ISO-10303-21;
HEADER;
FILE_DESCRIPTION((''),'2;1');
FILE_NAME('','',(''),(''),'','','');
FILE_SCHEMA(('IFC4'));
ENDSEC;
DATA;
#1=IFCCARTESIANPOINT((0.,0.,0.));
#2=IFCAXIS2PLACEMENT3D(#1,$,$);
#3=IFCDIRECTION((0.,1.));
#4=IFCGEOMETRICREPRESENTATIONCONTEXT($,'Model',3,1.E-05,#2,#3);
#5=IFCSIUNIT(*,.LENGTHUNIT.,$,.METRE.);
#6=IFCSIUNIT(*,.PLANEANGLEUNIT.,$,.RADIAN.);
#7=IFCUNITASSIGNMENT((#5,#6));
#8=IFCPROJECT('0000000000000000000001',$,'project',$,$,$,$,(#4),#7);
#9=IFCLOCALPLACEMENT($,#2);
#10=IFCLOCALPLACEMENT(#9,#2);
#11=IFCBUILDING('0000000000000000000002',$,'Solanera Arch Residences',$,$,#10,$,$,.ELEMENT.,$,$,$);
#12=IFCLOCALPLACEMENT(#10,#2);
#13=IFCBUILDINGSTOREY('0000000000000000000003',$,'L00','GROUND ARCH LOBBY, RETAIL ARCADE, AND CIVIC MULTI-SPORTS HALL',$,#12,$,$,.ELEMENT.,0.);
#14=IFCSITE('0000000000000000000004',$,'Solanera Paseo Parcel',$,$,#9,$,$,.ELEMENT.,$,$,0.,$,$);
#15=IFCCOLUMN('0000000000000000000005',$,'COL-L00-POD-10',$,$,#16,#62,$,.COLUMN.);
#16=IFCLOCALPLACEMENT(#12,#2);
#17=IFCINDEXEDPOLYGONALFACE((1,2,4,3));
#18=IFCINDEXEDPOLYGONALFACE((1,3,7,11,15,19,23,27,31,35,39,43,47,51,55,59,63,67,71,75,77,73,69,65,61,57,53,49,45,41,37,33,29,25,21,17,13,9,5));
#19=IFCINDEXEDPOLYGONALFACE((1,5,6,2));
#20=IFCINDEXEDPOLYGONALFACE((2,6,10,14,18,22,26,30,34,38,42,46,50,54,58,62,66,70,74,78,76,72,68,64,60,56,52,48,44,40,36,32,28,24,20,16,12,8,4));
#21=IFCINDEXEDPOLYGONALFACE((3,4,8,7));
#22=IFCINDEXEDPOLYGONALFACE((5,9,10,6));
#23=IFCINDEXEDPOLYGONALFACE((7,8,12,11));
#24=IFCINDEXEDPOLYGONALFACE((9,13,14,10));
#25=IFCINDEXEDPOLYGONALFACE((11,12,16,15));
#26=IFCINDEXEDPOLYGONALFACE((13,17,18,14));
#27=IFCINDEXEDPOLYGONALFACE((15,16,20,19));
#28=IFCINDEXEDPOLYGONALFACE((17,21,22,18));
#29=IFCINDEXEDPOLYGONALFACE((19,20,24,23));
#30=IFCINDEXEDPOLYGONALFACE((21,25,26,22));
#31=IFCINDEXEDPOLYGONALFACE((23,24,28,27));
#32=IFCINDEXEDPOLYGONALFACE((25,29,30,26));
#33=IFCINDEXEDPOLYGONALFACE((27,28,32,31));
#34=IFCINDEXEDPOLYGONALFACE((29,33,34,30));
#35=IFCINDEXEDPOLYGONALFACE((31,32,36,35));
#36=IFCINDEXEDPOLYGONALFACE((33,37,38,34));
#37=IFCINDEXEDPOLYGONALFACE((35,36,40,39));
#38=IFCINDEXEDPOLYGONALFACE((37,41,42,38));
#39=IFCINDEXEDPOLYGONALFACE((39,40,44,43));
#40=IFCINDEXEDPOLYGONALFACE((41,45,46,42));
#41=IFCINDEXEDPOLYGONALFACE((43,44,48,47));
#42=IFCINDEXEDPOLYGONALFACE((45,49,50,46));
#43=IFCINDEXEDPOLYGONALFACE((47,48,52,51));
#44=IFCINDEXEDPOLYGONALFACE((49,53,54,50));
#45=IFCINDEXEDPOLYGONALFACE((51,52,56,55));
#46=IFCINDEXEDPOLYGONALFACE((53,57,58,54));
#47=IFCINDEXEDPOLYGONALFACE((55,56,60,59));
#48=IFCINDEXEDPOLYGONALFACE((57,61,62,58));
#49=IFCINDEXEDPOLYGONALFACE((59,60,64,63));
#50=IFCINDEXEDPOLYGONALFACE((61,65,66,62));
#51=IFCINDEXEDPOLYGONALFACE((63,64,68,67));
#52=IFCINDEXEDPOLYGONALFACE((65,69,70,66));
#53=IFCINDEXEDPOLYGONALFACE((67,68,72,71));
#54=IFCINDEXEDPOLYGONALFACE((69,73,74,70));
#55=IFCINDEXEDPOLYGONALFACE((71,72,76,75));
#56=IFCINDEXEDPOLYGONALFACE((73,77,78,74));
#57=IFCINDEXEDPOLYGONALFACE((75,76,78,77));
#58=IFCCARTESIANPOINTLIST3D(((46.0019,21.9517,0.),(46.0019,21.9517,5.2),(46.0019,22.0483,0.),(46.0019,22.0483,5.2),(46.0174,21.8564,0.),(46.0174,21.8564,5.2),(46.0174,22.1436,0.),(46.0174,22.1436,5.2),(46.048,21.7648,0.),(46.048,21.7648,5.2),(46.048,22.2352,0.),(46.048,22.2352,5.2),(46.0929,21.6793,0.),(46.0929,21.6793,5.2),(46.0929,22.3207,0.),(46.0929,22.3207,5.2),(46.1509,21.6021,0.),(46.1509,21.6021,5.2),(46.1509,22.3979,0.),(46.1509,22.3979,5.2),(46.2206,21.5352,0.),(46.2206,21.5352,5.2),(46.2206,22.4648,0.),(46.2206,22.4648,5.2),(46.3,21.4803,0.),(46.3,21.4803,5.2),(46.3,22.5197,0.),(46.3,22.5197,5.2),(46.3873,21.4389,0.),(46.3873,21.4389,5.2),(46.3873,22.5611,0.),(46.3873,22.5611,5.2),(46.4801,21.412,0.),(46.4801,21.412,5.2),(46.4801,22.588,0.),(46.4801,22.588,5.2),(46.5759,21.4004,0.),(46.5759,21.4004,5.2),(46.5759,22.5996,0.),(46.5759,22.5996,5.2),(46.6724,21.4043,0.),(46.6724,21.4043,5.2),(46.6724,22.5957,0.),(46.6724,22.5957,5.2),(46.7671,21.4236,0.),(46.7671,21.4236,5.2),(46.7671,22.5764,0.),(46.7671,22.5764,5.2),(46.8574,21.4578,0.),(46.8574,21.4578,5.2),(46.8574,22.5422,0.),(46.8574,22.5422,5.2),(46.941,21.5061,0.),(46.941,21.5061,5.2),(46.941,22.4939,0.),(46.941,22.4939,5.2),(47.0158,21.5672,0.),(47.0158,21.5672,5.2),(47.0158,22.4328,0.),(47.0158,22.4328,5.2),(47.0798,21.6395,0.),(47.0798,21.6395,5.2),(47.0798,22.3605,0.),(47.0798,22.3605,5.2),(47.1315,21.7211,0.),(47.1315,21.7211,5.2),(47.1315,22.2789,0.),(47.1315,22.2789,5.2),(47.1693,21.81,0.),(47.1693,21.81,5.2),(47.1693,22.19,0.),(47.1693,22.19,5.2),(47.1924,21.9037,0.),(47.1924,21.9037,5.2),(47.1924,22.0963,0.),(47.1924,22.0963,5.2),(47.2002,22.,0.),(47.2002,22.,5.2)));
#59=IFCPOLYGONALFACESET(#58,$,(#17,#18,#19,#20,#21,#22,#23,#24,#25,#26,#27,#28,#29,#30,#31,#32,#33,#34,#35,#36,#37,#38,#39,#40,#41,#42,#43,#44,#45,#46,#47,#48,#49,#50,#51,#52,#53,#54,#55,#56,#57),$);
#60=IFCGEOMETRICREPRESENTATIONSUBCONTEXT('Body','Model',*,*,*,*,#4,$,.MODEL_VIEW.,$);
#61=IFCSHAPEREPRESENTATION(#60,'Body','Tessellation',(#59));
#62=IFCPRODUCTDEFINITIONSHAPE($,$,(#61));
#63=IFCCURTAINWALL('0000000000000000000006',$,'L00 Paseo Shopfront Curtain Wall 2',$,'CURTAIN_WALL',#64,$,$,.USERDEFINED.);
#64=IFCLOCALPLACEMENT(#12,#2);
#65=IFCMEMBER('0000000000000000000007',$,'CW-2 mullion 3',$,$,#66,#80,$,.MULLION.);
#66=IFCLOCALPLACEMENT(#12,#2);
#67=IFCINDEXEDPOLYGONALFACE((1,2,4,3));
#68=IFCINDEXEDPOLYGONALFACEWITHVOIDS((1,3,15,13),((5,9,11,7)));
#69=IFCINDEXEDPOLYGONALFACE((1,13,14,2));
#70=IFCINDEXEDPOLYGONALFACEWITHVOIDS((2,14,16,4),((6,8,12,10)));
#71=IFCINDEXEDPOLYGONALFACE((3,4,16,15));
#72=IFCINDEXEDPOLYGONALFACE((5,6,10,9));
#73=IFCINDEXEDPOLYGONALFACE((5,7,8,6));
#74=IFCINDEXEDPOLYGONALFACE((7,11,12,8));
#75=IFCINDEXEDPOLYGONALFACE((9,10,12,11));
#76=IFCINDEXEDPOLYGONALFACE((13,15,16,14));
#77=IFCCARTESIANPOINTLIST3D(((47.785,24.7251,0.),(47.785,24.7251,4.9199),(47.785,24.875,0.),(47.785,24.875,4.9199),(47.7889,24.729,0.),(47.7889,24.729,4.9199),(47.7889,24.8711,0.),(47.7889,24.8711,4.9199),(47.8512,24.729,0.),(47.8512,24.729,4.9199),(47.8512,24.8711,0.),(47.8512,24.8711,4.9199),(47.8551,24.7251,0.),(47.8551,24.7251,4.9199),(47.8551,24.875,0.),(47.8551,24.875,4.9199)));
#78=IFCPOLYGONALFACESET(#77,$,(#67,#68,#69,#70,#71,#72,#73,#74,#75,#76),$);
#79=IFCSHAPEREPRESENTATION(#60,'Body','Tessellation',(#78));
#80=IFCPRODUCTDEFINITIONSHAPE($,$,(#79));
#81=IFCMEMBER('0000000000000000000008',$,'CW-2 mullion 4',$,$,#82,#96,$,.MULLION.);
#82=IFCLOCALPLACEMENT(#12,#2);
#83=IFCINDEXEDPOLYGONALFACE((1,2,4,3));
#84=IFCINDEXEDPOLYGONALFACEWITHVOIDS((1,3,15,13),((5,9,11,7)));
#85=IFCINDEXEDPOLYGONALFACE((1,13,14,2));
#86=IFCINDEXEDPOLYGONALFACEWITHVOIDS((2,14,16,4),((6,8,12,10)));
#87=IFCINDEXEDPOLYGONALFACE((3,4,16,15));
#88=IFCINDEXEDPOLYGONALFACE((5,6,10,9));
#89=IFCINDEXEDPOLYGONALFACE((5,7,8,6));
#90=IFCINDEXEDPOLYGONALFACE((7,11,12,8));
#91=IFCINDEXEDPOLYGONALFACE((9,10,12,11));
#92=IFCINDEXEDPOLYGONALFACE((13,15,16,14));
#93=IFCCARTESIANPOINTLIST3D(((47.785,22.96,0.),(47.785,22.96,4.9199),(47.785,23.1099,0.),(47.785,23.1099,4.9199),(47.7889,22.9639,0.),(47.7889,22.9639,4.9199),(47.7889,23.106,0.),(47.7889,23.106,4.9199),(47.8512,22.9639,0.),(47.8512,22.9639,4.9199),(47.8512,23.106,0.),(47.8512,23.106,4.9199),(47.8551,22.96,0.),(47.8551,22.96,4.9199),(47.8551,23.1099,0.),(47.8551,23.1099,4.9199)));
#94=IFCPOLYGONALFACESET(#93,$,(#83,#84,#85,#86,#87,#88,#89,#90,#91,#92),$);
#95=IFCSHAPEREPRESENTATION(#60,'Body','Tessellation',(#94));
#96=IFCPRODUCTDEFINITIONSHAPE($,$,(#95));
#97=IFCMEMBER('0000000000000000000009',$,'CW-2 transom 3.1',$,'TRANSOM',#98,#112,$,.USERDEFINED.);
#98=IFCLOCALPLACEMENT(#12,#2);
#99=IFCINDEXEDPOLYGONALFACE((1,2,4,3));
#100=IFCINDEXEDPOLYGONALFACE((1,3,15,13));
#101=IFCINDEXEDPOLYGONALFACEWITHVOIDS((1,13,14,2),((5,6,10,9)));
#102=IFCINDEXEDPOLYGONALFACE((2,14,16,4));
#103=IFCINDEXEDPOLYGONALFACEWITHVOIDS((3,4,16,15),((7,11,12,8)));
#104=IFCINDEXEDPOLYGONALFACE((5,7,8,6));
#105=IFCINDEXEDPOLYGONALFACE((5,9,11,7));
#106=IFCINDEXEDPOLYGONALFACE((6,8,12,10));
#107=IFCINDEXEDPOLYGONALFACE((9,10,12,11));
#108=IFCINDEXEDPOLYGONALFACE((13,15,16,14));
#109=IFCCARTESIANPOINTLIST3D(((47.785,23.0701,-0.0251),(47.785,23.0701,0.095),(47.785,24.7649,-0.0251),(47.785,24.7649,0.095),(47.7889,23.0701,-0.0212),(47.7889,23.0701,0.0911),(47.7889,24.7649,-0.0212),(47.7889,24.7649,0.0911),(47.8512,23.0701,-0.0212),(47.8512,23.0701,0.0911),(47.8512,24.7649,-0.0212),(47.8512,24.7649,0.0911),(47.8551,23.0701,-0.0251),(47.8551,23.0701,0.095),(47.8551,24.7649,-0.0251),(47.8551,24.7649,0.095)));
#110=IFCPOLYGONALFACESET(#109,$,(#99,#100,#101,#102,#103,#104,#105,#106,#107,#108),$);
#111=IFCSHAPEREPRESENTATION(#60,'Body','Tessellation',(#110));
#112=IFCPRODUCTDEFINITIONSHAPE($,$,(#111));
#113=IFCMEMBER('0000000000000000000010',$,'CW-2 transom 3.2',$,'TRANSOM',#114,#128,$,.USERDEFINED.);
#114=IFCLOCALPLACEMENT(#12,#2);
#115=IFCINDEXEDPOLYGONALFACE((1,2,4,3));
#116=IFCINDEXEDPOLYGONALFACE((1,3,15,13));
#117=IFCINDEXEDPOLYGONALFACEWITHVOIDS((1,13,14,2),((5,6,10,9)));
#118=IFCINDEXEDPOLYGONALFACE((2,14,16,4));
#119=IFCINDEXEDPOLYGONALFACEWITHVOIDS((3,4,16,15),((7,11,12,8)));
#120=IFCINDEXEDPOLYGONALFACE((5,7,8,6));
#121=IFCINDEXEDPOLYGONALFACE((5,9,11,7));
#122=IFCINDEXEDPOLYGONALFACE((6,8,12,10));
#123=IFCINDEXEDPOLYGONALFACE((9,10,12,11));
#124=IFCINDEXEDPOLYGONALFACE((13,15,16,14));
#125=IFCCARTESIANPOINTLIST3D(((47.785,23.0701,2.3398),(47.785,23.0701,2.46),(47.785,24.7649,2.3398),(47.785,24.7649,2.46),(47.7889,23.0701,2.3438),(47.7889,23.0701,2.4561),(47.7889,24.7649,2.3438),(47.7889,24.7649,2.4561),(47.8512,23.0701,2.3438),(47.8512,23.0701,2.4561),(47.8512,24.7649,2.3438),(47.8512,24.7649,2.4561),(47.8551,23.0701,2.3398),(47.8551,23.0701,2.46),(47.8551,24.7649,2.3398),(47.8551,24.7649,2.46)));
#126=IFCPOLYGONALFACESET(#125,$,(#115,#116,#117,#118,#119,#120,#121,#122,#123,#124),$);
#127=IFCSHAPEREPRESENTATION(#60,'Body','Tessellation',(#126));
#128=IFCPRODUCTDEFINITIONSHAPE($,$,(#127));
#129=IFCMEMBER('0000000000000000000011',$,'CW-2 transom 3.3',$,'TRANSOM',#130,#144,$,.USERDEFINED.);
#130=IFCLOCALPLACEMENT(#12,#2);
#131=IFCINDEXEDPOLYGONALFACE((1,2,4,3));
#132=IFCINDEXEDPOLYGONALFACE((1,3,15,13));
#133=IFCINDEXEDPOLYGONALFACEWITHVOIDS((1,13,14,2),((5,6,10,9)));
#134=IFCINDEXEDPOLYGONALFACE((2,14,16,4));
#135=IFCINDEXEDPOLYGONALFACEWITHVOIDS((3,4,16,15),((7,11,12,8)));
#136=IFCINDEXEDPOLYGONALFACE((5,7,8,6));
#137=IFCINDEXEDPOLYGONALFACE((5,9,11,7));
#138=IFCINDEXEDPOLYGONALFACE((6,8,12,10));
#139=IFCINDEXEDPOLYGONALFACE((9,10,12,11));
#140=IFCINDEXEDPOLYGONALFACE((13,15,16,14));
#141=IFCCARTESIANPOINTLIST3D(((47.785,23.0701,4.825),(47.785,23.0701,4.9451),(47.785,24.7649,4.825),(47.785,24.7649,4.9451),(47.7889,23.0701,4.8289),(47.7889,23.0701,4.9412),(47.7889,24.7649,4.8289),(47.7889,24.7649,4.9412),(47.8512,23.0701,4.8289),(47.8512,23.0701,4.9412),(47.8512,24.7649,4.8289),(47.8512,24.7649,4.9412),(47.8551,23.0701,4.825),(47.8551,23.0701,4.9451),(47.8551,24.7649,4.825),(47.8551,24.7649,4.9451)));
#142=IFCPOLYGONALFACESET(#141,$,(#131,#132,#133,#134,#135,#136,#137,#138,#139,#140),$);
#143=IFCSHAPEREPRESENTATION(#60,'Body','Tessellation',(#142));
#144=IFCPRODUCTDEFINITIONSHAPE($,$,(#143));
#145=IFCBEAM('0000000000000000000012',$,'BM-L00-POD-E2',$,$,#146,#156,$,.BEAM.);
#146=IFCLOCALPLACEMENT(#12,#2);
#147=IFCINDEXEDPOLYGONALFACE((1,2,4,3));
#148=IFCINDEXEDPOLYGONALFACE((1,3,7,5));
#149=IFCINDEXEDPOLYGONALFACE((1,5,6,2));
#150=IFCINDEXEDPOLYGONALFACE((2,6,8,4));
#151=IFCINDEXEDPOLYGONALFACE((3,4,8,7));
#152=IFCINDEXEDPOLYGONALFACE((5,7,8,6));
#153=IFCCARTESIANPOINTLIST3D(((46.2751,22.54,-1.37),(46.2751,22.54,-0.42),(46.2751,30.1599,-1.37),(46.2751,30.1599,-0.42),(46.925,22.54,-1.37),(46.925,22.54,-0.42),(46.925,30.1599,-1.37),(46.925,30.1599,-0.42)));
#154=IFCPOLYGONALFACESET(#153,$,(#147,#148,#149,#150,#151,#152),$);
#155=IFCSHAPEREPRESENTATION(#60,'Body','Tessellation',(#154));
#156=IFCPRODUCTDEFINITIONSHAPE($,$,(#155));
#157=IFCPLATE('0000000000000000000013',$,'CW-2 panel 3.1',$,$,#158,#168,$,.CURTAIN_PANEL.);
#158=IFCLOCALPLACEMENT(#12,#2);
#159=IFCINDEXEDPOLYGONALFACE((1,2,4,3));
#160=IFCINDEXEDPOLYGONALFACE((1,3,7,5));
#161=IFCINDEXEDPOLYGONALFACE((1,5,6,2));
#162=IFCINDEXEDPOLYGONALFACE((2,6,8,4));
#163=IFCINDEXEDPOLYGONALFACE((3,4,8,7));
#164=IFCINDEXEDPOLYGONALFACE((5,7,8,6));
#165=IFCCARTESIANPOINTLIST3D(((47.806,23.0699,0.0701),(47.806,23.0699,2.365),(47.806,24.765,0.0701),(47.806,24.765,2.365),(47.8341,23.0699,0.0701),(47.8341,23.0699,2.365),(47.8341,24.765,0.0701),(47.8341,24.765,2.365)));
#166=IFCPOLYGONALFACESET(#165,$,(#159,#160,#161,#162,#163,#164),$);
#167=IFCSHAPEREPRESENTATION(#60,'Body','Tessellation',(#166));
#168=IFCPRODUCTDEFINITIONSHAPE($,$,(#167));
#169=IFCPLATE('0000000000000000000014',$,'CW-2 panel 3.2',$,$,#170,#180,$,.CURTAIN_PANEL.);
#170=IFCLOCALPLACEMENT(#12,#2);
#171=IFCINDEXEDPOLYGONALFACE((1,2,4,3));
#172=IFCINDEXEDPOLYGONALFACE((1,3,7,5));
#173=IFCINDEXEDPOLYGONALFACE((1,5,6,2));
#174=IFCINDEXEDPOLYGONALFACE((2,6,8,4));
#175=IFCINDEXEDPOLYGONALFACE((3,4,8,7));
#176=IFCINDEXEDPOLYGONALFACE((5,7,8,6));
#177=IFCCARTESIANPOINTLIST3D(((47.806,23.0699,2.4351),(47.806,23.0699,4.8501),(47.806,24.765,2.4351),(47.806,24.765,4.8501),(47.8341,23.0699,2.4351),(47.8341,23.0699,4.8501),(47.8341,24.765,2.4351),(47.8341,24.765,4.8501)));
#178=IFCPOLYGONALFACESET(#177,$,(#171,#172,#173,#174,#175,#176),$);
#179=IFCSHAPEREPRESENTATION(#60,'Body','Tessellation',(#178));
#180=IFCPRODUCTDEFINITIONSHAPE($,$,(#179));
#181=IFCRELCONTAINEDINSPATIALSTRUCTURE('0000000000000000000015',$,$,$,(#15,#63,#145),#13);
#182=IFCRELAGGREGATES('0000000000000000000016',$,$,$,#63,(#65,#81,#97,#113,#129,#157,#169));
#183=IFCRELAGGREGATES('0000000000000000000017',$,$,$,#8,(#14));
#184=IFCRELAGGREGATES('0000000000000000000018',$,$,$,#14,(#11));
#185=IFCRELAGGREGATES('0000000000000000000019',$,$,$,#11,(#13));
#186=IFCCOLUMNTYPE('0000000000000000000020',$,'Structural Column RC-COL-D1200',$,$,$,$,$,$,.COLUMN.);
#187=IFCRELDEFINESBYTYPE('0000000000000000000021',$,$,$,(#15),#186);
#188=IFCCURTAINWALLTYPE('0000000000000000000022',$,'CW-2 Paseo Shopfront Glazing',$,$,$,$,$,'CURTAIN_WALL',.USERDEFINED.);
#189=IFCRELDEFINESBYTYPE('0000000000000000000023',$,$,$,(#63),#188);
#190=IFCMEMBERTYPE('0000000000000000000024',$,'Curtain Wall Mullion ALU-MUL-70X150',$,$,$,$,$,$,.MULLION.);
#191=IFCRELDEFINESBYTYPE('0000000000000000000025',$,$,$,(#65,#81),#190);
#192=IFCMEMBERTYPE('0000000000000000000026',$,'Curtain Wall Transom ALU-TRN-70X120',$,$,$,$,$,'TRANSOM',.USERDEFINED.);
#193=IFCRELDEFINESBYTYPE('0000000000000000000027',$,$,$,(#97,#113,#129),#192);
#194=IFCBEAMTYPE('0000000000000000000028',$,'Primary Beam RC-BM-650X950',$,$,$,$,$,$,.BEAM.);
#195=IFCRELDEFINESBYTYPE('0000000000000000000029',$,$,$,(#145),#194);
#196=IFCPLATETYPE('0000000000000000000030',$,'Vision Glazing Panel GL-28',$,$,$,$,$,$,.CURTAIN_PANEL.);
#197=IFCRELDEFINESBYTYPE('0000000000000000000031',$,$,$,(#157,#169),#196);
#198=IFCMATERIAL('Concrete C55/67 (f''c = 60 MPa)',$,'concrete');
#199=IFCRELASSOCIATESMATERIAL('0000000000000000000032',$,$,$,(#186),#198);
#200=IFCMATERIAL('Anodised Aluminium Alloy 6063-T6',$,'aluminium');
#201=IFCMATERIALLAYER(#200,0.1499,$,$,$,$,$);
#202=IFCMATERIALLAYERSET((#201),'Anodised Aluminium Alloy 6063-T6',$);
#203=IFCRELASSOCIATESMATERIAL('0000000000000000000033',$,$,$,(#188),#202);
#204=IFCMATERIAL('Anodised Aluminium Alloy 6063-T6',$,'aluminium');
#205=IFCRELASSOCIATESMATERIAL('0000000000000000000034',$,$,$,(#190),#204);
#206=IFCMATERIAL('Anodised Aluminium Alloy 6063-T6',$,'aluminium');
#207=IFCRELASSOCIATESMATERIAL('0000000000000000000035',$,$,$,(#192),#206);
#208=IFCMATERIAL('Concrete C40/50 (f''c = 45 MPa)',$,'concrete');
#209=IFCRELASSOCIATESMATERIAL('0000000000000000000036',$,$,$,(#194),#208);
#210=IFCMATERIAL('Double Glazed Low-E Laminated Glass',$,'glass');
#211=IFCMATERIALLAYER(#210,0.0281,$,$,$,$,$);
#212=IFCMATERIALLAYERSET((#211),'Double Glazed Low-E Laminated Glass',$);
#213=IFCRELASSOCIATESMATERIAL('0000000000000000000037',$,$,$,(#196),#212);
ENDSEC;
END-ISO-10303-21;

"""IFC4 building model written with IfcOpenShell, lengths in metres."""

from ifc_helpers import new_model, si_unit, direction, frame, origin, origin_2d, place, context, subcontext, project, spatial, rectangle, hollow_rectangle, circle, extrude, material, layer, layer_set, material_profile, profile_set, type_object, element, aggregate, save


model = new_model("IFC4")

# Units and contexts
model_context = context("Model", 3, precision=1e-05, world=origin(), true_north=direction((0.0, 1.0)))
body_context = subcontext(model_context, "Body", "Model", "MODEL_VIEW")
ifc_project = project(units=[si_unit("LENGTHUNIT", "METRE"), si_unit("PLANEANGLEUNIT", "RADIAN")], contexts=[model_context])

# Site, building, storey
site_placement = place(None, origin())
site = spatial("IfcSite", under=ifc_project, at=site_placement, Name="Solanera Paseo Parcel", CompositionType="ELEMENT", RefElevation=0.0)
building_placement = place(site_placement, origin())
building = spatial("IfcBuilding", under=site, at=building_placement, Name="Solanera Arch Residences", CompositionType="ELEMENT")
storey_placement = place(building_placement, origin())
storey = spatial("IfcBuildingStorey", under=building, at=storey_placement, Name="L00", Description="GROUND ARCH LOBBY, RETAIL ARCADE, AND CIVIC MULTI-SPORTS HALL", CompositionType="ELEMENT", Elevation=0.0)

# Column
ifc_material_1 = material(Name="Concrete C55/67 (f'c = 60 MPa)", Category="concrete")
ifc_material_profile_1 = material_profile(ifc_material_1, circle(Radius=0.6001, at=origin_2d()))
ifc_profile_set_1 = profile_set([ifc_material_profile_1], Name="Concrete C55/67 (f'c = 60 MPa)")
column_type = type_object("IfcColumnType", Name="Structural Column RC-COL-D1200", PredefinedType="COLUMN", material=ifc_profile_set_1)
column_placement = place(storey_placement, frame((46.6001, 22.0, 0.0), z_axis=(0.0, 0.0, 1.0), x_axis=(1.0, 0.0, 0.0)))
element("IfcColumn", 1, at=column_placement, inside=storey, type_object=column_type, Name="COL-L00-POD-10", PredefinedType="COLUMN", context=body_context, shape_type="SweptSolid", body=[
    extrude(circle(Radius=0.6001, at=origin_2d()), origin(), (0.0, 0.0, 1.0), 5.2),
])

# Curtain wall, members
ifc_material_2 = material(Name="Anodised Aluminium Alloy 6063-T6", Category="aluminium")
ifc_layer_1 = layer(ifc_material_2, 0.1499)
ifc_layer_set_1 = layer_set([ifc_layer_1], Name="Anodised Aluminium Alloy 6063-T6")
curtain_wall_type = type_object("IfcCurtainWallType", Name="CW-2 Paseo Shopfront Glazing", ElementType="CURTAIN_WALL", PredefinedType="USERDEFINED", material=ifc_layer_set_1)
curtain_wall_placement = place(storey_placement, origin())
curtain_wall = element("IfcCurtainWall", 2, at=curtain_wall_placement, inside=storey, type_object=curtain_wall_type, Name="L00 Paseo Shopfront Curtain Wall 2", ObjectType="CURTAIN_WALL", PredefinedType="USERDEFINED")
ifc_material_3 = material(Name="Anodised Aluminium Alloy 6063-T6", Category="aluminium")
ifc_material_profile_2 = material_profile(ifc_material_3, hollow_rectangle(XDim=0.0701, YDim=0.1499, WallThickness=0.0039, at=origin_2d()))
ifc_profile_set_2 = profile_set([ifc_material_profile_2], Name="Anodised Aluminium Alloy 6063-T6")
member_type_1 = type_object("IfcMemberType", Name="Curtain Wall Mullion ALU-MUL-70X150", PredefinedType="MULLION", material=ifc_profile_set_2)
member_1_placement = place(storey_placement, frame((47.8201, 24.8, 0.0), z_axis=(0.0, 0.0, 1.0), x_axis=(1.0, 0.0, 0.0)))
member_1 = element("IfcMember", 3, at=member_1_placement, type_object=member_type_1, Name="CW-2 mullion 3", PredefinedType="MULLION", context=body_context, shape_type="SweptSolid", body=[
    extrude(hollow_rectangle(XDim=0.0701, YDim=0.1499, WallThickness=0.0039, at=origin_2d()), origin(), (0.0, 0.0, 1.0), 4.9199),
])
member_2_placement = place(storey_placement, frame((47.8201, 23.0349, 0.0), z_axis=(0.0, 0.0, 1.0), x_axis=(1.0, 0.0, 0.0)))
member_2 = element("IfcMember", 4, at=member_2_placement, type_object=member_type_1, Name="CW-2 mullion 4", PredefinedType="MULLION", context=body_context, shape_type="SweptSolid", body=[
    extrude(hollow_rectangle(XDim=0.0701, YDim=0.1499, WallThickness=0.0039, at=origin_2d()), origin(), (0.0, 0.0, 1.0), 4.9199),
])
ifc_material_4 = material(Name="Anodised Aluminium Alloy 6063-T6", Category="aluminium")
ifc_material_profile_3 = material_profile(ifc_material_4, hollow_rectangle(XDim=0.0701, YDim=0.1201, WallThickness=0.0039, at=origin_2d()))
ifc_profile_set_3 = profile_set([ifc_material_profile_3], Name="Anodised Aluminium Alloy 6063-T6")
member_type_2 = type_object("IfcMemberType", Name="Curtain Wall Transom ALU-TRN-70X120", ElementType="TRANSOM", PredefinedType="USERDEFINED", material=ifc_profile_set_3)
member_3_placement = place(storey_placement, frame((47.8201, 24.7649, 0.0349), z_axis=(0.0, -1.0, 0.0), x_axis=(1.0, 0.0, 0.0)))
member_3 = element("IfcMember", 5, at=member_3_placement, type_object=member_type_2, Name="CW-2 transom 3.1", ObjectType="TRANSOM", PredefinedType="USERDEFINED", context=body_context, shape_type="SweptSolid", body=[
    extrude(hollow_rectangle(XDim=0.0701, YDim=0.1201, WallThickness=0.0039, at=origin_2d()), origin(), (0.0, 0.0, 1.0), 1.6948),
])
member_4_placement = place(storey_placement, frame((47.8201, 24.7649, 2.3999), z_axis=(0.0, -1.0, 0.0), x_axis=(1.0, 0.0, 0.0)))
member_4 = element("IfcMember", 6, at=member_4_placement, type_object=member_type_2, Name="CW-2 transom 3.2", ObjectType="TRANSOM", PredefinedType="USERDEFINED", context=body_context, shape_type="SweptSolid", body=[
    extrude(hollow_rectangle(XDim=0.0701, YDim=0.1201, WallThickness=0.0039, at=origin_2d()), origin(), (0.0, 0.0, 1.0), 1.6948),
])
member_5_placement = place(storey_placement, frame((47.8201, 24.7649, 4.885), z_axis=(0.0, -1.0, 0.0), x_axis=(1.0, 0.0, 0.0)))
member_5 = element("IfcMember", 7, at=member_5_placement, type_object=member_type_2, Name="CW-2 transom 3.3", ObjectType="TRANSOM", PredefinedType="USERDEFINED", context=body_context, shape_type="SweptSolid", body=[
    extrude(hollow_rectangle(XDim=0.0701, YDim=0.1201, WallThickness=0.0039, at=origin_2d()), origin(), (0.0, 0.0, 1.0), 1.6948),
])

# Beam
ifc_material_5 = material(Name="Concrete C40/50 (f'c = 45 MPa)", Category="concrete")
ifc_material_profile_4 = material_profile(ifc_material_5, rectangle(XDim=0.6499, YDim=0.95, at=origin_2d()))
ifc_profile_set_4 = profile_set([ifc_material_profile_4], Name="Concrete C40/50 (f'c = 45 MPa)")
beam_type = type_object("IfcBeamType", Name="Primary Beam RC-BM-650X950", PredefinedType="BEAM", material=ifc_profile_set_4)
beam_placement = place(storey_placement, frame((46.6001, 22.54, -0.895), z_axis=(0.0, 1.0, 0.0), x_axis=(-1.0, 0.0, 0.0)))
element("IfcBeam", 8, at=beam_placement, inside=storey, type_object=beam_type, Name="BM-L00-POD-E2", PredefinedType="BEAM", context=body_context, shape_type="SweptSolid", body=[
    extrude(rectangle(XDim=0.6499, YDim=0.95, at=origin_2d()), origin(), (0.0, 0.0, 1.0), 7.6199),
])

# Plates
ifc_material_6 = material(Name="Double Glazed Low-E Laminated Glass", Category="glass")
ifc_layer_2 = layer(ifc_material_6, 0.0281)
ifc_layer_set_2 = layer_set([ifc_layer_2], Name="Double Glazed Low-E Laminated Glass")
plate_type = type_object("IfcPlateType", Name="Vision Glazing Panel GL-28", PredefinedType="CURTAIN_PANEL", material=ifc_layer_set_2)
plate_1_placement = place(storey_placement, frame((47.8201, 23.9175, 0.0701), z_axis=(0.0, 0.0, 1.0), x_axis=(0.0, -1.0, 0.0)))
plate_1 = element("IfcPlate", 9, at=plate_1_placement, type_object=plate_type, Name="CW-2 panel 3.1", PredefinedType="CURTAIN_PANEL", context=body_context, shape_type="SweptSolid", body=[
    extrude(rectangle(XDim=1.6951, YDim=0.0281, at=origin_2d()), origin(), (0.0, 0.0, 1.0), 2.2949),
])
plate_2_placement = place(storey_placement, frame((47.8201, 23.9175, 2.4351), z_axis=(0.0, 0.0, 1.0), x_axis=(0.0, -1.0, 0.0)))
plate_2 = element("IfcPlate", 10, at=plate_2_placement, type_object=plate_type, Name="CW-2 panel 3.2", PredefinedType="CURTAIN_PANEL", context=body_context, shape_type="SweptSolid", body=[
    extrude(rectangle(XDim=1.6951, YDim=0.0281, at=origin_2d()), origin(), (0.0, 0.0, 1.0), 2.415),
])
aggregate(curtain_wall, [member_1, member_2, member_3, member_4, member_5, plate_1, plate_2])

save(model, "model.ifc")
